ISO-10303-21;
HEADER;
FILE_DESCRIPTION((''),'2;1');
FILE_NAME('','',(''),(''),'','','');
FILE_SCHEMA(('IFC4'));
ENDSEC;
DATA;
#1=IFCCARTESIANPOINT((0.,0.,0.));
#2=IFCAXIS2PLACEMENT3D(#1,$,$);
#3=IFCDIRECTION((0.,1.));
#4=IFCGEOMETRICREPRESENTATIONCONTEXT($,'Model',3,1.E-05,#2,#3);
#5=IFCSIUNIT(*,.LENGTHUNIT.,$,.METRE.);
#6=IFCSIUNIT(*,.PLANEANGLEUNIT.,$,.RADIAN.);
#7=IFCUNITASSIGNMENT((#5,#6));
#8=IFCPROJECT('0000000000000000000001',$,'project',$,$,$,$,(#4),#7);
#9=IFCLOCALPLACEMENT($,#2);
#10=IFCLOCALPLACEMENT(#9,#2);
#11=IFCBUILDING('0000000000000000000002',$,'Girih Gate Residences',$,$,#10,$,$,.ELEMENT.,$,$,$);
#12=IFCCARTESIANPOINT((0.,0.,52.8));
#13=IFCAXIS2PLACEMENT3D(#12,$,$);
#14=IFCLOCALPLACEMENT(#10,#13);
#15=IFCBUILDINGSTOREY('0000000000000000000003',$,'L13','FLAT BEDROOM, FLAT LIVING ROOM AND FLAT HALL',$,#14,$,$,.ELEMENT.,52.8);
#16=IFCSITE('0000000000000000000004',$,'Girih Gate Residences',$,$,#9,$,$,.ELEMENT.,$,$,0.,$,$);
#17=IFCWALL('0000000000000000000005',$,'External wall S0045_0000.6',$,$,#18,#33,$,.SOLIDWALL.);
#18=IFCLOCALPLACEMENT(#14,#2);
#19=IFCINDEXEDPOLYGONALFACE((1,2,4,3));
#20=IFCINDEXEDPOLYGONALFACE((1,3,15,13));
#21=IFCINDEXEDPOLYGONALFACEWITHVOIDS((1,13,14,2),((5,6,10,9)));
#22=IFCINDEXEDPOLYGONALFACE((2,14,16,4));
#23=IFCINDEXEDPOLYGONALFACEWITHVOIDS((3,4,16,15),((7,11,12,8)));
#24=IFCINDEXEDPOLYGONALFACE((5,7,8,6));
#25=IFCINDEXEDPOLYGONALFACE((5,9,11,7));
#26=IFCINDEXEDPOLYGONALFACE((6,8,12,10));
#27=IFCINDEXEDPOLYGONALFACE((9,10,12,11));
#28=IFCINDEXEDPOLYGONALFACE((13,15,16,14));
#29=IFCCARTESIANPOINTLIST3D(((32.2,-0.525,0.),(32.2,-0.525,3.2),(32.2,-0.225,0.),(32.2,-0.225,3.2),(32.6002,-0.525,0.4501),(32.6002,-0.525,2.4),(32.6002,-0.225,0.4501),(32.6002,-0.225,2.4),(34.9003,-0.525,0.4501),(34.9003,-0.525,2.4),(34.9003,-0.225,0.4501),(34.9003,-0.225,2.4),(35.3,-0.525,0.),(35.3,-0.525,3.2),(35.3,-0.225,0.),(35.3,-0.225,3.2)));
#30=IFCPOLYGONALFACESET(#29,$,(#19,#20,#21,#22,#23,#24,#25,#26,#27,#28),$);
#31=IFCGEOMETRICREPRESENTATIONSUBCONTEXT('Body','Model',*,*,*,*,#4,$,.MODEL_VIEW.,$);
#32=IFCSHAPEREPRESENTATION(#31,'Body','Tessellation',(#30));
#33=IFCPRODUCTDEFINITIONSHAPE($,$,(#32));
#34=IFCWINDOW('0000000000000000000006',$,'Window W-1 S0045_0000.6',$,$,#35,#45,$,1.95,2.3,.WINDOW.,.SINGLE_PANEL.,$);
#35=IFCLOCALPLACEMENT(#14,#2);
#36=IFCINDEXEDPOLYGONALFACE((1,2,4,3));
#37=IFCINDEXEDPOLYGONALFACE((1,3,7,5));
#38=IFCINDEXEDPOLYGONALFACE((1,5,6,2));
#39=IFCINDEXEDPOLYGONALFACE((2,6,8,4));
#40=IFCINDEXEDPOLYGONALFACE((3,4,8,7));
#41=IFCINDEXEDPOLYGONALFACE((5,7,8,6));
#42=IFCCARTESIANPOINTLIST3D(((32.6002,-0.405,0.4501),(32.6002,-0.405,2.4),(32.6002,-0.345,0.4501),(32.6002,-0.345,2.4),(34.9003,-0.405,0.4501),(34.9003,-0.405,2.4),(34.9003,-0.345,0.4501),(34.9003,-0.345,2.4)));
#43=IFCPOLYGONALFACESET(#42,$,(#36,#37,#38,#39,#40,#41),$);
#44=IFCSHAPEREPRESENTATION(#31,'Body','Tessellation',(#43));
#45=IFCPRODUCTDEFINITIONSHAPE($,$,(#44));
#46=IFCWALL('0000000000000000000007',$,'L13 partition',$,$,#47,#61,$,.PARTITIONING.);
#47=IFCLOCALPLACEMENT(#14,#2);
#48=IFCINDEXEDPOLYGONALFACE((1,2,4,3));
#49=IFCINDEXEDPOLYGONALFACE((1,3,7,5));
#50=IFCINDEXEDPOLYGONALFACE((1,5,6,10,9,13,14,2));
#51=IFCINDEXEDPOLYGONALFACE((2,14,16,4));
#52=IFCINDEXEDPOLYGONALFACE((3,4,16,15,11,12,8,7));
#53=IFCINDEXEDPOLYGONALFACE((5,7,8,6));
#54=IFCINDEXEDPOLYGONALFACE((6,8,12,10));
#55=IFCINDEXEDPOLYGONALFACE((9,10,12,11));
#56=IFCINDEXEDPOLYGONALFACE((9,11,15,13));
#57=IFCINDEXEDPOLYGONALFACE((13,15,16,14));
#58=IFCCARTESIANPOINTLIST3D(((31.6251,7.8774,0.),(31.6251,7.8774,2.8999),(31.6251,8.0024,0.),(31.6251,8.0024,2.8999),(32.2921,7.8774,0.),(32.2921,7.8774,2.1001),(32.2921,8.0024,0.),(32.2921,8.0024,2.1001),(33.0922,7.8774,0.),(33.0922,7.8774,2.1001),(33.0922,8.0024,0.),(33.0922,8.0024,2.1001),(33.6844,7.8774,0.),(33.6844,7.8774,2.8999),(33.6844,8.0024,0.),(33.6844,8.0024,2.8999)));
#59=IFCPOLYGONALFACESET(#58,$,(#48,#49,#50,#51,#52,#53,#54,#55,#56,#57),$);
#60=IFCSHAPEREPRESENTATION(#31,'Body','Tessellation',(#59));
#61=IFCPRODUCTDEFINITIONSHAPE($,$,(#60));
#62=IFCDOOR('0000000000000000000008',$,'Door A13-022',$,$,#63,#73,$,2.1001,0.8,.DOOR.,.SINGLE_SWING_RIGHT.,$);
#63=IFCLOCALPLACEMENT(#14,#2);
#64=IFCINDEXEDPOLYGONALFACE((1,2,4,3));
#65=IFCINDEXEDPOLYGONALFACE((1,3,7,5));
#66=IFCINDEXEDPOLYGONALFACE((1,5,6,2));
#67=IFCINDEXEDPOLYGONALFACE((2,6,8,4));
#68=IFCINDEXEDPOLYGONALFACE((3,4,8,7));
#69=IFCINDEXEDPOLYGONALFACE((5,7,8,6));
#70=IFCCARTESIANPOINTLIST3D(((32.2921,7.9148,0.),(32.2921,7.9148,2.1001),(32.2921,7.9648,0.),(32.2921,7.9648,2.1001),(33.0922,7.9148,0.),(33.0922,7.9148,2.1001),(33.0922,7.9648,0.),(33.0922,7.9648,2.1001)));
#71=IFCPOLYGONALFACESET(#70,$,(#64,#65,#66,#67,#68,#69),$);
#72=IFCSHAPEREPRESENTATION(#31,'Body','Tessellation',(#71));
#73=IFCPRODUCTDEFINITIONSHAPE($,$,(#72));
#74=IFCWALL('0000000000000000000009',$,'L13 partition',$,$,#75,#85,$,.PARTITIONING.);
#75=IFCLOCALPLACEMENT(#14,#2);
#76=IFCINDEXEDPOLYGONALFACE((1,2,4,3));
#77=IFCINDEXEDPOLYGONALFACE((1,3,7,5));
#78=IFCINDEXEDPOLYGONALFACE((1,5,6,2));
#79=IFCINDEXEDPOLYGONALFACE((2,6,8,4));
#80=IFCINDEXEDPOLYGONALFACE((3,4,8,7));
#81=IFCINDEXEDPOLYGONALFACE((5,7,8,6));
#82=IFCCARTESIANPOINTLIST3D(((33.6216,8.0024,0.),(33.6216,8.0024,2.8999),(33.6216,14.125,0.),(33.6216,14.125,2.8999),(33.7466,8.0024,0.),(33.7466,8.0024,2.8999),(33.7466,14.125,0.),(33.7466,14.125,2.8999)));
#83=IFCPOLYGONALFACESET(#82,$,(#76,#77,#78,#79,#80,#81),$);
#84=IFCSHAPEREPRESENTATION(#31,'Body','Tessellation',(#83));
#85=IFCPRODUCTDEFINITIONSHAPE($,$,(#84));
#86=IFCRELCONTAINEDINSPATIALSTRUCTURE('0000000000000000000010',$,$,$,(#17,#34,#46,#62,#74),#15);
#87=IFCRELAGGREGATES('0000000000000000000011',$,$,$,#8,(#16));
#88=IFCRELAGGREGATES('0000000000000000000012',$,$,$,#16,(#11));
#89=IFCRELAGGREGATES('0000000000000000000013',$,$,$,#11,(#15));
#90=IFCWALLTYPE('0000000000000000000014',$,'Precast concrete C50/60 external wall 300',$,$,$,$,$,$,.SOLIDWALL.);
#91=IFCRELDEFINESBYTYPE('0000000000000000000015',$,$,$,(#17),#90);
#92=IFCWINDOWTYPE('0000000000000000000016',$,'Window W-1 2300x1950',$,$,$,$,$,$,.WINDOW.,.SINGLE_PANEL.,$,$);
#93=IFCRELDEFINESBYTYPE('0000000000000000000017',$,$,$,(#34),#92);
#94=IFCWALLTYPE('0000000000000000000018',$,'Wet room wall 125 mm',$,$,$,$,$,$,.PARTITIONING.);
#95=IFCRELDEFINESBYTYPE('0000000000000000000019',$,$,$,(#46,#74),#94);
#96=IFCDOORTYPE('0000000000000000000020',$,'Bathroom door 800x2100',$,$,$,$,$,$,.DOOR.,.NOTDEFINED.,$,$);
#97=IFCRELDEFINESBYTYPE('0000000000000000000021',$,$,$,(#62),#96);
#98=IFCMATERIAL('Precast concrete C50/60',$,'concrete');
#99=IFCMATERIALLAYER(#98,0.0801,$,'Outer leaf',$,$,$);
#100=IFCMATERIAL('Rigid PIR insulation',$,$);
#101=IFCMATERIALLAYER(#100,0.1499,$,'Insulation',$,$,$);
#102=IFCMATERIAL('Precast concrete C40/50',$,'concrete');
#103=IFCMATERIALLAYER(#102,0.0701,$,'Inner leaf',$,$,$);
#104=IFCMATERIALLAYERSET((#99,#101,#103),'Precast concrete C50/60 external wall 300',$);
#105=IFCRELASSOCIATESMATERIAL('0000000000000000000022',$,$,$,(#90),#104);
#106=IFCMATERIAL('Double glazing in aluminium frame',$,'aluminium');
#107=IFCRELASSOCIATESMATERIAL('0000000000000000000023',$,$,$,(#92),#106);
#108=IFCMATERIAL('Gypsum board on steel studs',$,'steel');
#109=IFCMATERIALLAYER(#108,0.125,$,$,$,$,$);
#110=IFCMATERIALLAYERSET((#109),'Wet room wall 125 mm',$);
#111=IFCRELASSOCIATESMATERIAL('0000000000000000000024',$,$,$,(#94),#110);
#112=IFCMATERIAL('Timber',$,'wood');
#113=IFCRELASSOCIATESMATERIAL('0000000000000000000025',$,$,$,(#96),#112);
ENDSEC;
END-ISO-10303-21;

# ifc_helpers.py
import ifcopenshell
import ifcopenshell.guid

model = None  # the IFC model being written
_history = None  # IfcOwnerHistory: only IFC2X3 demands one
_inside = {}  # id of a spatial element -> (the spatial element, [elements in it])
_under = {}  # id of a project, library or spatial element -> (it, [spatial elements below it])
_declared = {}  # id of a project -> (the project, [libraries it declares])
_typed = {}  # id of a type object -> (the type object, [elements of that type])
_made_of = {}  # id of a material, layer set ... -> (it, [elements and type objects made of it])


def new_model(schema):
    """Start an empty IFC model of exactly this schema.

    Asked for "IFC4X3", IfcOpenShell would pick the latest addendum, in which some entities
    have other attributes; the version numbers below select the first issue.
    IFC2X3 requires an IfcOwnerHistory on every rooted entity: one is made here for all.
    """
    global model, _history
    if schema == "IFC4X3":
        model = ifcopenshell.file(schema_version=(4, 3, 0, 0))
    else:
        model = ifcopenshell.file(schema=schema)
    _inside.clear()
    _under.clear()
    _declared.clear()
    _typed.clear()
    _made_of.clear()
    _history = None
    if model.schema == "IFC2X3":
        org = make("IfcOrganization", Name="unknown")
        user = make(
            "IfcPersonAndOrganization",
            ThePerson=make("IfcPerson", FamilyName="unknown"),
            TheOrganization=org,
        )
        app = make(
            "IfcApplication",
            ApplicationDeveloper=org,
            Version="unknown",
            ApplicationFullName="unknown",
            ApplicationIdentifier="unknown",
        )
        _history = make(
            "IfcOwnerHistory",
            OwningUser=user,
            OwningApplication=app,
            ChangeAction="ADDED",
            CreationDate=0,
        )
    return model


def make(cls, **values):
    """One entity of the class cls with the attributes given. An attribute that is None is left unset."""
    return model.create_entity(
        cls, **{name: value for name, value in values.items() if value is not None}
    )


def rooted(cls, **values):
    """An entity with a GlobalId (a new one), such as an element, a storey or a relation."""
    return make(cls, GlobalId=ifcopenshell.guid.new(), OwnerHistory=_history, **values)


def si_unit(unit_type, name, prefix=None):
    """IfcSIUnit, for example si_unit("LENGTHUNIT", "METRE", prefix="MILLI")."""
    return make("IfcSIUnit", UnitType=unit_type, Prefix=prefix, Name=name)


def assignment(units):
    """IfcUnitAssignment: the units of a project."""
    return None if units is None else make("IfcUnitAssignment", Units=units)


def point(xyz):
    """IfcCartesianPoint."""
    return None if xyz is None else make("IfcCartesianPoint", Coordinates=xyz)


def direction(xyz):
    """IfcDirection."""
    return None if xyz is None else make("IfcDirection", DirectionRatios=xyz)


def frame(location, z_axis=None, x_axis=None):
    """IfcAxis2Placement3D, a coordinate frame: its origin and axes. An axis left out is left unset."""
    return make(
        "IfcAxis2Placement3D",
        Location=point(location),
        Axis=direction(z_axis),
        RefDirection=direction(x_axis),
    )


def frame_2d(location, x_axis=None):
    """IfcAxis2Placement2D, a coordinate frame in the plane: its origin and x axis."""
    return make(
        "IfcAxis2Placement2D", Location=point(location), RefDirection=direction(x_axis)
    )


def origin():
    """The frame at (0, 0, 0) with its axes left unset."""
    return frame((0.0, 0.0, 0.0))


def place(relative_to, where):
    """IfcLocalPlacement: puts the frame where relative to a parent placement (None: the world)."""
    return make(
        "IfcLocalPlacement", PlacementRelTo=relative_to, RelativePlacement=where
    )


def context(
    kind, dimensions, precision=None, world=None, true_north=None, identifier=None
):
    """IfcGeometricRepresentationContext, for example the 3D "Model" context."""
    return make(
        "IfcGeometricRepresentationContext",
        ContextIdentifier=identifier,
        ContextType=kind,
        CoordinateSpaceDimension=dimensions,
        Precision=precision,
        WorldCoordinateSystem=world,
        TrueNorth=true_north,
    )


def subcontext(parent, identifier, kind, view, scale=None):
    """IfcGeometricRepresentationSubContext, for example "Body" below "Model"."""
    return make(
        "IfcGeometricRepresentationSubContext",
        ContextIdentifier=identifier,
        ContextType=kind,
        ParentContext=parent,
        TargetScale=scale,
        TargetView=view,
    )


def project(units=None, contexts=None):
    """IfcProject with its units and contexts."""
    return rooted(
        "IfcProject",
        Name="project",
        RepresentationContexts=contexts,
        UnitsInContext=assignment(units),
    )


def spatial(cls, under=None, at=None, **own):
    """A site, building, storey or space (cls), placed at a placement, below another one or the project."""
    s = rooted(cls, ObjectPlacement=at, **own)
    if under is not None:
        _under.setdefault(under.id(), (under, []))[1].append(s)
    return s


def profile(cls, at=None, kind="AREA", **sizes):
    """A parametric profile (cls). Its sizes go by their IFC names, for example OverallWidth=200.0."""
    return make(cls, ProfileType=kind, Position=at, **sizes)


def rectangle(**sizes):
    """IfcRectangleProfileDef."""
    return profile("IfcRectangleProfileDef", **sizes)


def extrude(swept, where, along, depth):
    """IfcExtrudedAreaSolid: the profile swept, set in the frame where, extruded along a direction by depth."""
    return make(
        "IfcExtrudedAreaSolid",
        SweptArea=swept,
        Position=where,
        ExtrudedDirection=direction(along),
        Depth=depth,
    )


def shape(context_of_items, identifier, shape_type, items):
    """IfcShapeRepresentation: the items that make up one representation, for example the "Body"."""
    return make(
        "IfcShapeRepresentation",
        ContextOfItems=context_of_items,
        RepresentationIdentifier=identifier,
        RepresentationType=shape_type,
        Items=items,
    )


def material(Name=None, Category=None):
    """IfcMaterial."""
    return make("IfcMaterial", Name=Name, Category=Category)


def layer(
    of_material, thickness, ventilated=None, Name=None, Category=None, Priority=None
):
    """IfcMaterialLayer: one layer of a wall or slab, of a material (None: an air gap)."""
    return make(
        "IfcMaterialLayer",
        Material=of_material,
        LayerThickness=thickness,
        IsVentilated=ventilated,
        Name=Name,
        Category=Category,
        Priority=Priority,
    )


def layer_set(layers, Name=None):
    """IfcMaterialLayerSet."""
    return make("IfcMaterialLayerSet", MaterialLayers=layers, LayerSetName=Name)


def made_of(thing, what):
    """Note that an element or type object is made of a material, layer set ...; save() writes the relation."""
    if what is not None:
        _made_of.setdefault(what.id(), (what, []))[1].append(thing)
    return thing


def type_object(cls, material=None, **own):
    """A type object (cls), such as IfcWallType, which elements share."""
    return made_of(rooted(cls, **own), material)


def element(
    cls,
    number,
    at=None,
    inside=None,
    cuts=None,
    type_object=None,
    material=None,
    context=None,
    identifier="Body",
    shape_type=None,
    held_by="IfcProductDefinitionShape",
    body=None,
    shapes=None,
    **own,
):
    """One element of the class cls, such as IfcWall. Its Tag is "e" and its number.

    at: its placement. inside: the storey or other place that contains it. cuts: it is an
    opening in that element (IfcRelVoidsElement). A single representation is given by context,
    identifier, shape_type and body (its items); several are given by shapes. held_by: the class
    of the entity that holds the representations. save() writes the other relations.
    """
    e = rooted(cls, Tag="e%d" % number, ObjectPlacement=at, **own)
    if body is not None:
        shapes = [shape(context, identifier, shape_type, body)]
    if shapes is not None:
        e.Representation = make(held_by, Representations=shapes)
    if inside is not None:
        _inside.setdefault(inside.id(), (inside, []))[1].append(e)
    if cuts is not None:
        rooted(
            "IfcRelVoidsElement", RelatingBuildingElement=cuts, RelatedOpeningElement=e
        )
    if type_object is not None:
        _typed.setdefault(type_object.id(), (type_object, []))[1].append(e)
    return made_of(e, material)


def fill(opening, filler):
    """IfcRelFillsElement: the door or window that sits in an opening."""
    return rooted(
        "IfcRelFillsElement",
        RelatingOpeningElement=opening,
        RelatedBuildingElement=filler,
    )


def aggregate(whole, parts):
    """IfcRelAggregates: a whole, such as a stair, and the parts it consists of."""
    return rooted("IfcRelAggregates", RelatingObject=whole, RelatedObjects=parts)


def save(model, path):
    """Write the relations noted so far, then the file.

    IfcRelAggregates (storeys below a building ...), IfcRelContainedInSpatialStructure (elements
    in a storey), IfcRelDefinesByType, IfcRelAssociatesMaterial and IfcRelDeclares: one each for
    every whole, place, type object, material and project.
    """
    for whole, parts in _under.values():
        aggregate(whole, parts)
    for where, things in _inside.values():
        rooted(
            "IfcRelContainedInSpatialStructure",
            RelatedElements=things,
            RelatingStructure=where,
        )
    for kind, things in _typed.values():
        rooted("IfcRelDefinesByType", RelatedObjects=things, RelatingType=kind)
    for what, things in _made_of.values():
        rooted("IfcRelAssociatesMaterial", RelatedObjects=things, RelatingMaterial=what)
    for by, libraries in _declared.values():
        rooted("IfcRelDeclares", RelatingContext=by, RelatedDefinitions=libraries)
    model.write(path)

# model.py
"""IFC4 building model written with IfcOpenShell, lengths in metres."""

from ifc_helpers import new_model, si_unit, direction, frame, frame_2d, origin, place, context, subcontext, project, spatial, rectangle, extrude, material, layer, layer_set, type_object, element, fill, save


model = new_model("IFC4")

# Units and contexts
model_context = context("Model", 3, precision=1e-05, world=origin(), true_north=direction((0.0, 1.0)))
body_context = subcontext(model_context, "Body", "Model", "MODEL_VIEW")
ifc_project = project(units=[si_unit("LENGTHUNIT", "METRE"), si_unit("PLANEANGLEUNIT", "RADIAN")], contexts=[model_context])

# Site, building, storey
site_placement = place(None, origin())
site = spatial("IfcSite", under=ifc_project, at=site_placement, Name="Girih Gate Residences", CompositionType="ELEMENT", RefElevation=0.0)
building_placement = place(site_placement, origin())
building = spatial("IfcBuilding", under=site, at=building_placement, Name="Girih Gate Residences", CompositionType="ELEMENT")
storey_placement = place(building_placement, frame((0.0, 0.0, 52.8)))
storey = spatial("IfcBuildingStorey", under=building, at=storey_placement, Name="L13", Description="FLAT BEDROOM, FLAT LIVING ROOM AND FLAT HALL", CompositionType="ELEMENT", Elevation=52.8)

# Shared definitions
ifc_material_1 = material(Name="Gypsum board on steel studs", Category="steel")

# Shared definitions
ifc_material_2 = material(Name="Timber", Category="wood")

# Wall, opening, window
ifc_material_3 = material(Name="Precast concrete C50/60", Category="concrete")
ifc_layer_1 = layer(ifc_material_3, 0.0801, Name="Outer leaf")
ifc_material_4 = material(Name="Rigid PIR insulation")
ifc_layer_2 = layer(ifc_material_4, 0.1499, Name="Insulation")
ifc_material_5 = material(Name="Precast concrete C40/50", Category="concrete")
ifc_layer_3 = layer(ifc_material_5, 0.0701, Name="Inner leaf")
ifc_layer_set_1 = layer_set([ifc_layer_1, ifc_layer_2, ifc_layer_3], Name="Precast concrete C50/60 external wall 300")
wall_type_1 = type_object("IfcWallType", Name="Precast concrete C50/60 external wall 300", PredefinedType="SOLIDWALL", material=ifc_layer_set_1)
ifc_material_6 = material(Name="Double glazing in aluminium frame", Category="aluminium")
window_type = type_object("IfcWindowType", Name="Window W-1 2300x1950", PartitioningType="SINGLE_PANEL", PredefinedType="WINDOW", material=ifc_material_6)
wall_1_placement = place(storey_placement, frame((35.3, -0.375, 0.0), z_axis=(0.0, 0.0, 1.0), x_axis=(-1.0, 0.0, 0.0)))
wall_1 = element("IfcWall", 1, at=wall_1_placement, inside=storey, type_object=wall_type_1, Name="External wall S0045_0000.6", PredefinedType="SOLIDWALL", context=body_context, shape_type="SweptSolid", body=[
    extrude(rectangle(XDim=3.1001, YDim=0.3, at=frame_2d((1.55, 0.0))), origin(), (0.0, 0.0, 1.0), 3.2),
])
opening_1_placement = place(wall_1_placement, frame((0.3999, 0.0, 0.45)))
opening_1 = element("IfcOpeningElement", 2, at=opening_1_placement, cuts=wall_1, PredefinedType="OPENING", context=body_context, shape_type="SweptSolid", body=[
    extrude(rectangle(XDim=2.3, YDim=1.95, at=frame_2d((1.1499, 0.9751))), frame((0.0, 0.1599, 0.0), z_axis=(0.0, -1.0, 0.0), x_axis=(1.0, 0.0, 0.0)), (0.0, 0.0, 1.0), 0.3201),
])
window_1_placement = place(opening_1_placement, origin())
window_1 = element("IfcWindow", 3, at=window_1_placement, inside=storey, type_object=window_type, Name="Window W-1 S0045_0000.6", OverallHeight=1.95, OverallWidth=2.3, PartitioningType="SINGLE_PANEL", PredefinedType="WINDOW", context=body_context, shape_type="SweptSolid", body=[
    extrude(rectangle(XDim=2.3, YDim=1.95, at=frame_2d((1.1499, 0.9751))), frame((0.0, 0.03, 0.0), z_axis=(0.0, -1.0, 0.0), x_axis=(1.0, 0.0, 0.0)), (0.0, 0.0, 1.0), 0.0601),
])
fill(opening_1, window_1)

# Wall, opening, door
ifc_layer_4 = layer(ifc_material_1, 0.125)
ifc_layer_set_2 = layer_set([ifc_layer_4], Name="Wet room wall 125 mm")
wall_type_2 = type_object("IfcWallType", Name="Wet room wall 125 mm", PredefinedType="PARTITIONING", material=ifc_layer_set_2)
wall_2_placement = place(storey_placement, frame((31.625, 7.9399, 0.0), z_axis=(0.0, 0.0, 1.0), x_axis=(1.0, 0.0, 0.0)))
wall_2 = element("IfcWall", 4, at=wall_2_placement, inside=storey, type_object=wall_type_2, Name="L13 partition", PredefinedType="PARTITIONING", context=body_context, shape_type="SweptSolid", body=[
    extrude(rectangle(XDim=2.0593, YDim=0.125, at=frame_2d((1.0298, 0.0))), origin(), (0.0, 0.0, 1.0), 2.8999),
])
opening_2_placement = place(wall_2_placement, frame((0.6672, 0.0, 0.0)))
opening_2 = element("IfcOpeningElement", 5, at=opening_2_placement, cuts=wall_2, PredefinedType="OPENING", context=body_context, shape_type="SweptSolid", body=[
    extrude(rectangle(XDim=0.8, YDim=2.1001, at=frame_2d((0.3999, 1.05))), frame((0.0, 0.0725, 0.0), z_axis=(0.0, -1.0, 0.0), x_axis=(1.0, 0.0, 0.0)), (0.0, 0.0, 1.0), 0.145),
])
door_type_1 = type_object("IfcDoorType", Name="Bathroom door 800x2100", OperationType="NOTDEFINED", PredefinedType="DOOR", material=ifc_material_2)
door_1_placement = place(opening_2_placement, origin())
door_1 = element("IfcDoor", 6, at=door_1_placement, inside=storey, type_object=door_type_1, Name="Door A13-022", OperationType="SINGLE_SWING_RIGHT", OverallHeight=2.1001, OverallWidth=0.8, PredefinedType="DOOR", context=body_context, shape_type="SweptSolid", body=[
    extrude(rectangle(XDim=0.8, YDim=2.1001, at=frame_2d((0.3999, 1.05))), frame((0.0, 0.0249, 0.0), z_axis=(0.0, -1.0, 0.0), x_axis=(1.0, 0.0, 0.0)), (0.0, 0.0, 1.0), 0.05),
])
fill(opening_2, door_1)

# Wall
wall_3_placement = place(storey_placement, frame((33.6841, 8.0024, 0.0), z_axis=(0.0, 0.0, 1.0), x_axis=(0.0, 1.0, 0.0)))
element("IfcWall", 7, at=wall_3_placement, inside=storey, type_object=wall_type_2, Name="L13 partition", PredefinedType="PARTITIONING", context=body_context, shape_type="SweptSolid", body=[
    extrude(rectangle(XDim=6.1226, YDim=0.125, at=frame_2d((3.0613, 0.0))), origin(), (0.0, 0.0, 1.0), 2.8999),
])

save(model, "model.ifc")
